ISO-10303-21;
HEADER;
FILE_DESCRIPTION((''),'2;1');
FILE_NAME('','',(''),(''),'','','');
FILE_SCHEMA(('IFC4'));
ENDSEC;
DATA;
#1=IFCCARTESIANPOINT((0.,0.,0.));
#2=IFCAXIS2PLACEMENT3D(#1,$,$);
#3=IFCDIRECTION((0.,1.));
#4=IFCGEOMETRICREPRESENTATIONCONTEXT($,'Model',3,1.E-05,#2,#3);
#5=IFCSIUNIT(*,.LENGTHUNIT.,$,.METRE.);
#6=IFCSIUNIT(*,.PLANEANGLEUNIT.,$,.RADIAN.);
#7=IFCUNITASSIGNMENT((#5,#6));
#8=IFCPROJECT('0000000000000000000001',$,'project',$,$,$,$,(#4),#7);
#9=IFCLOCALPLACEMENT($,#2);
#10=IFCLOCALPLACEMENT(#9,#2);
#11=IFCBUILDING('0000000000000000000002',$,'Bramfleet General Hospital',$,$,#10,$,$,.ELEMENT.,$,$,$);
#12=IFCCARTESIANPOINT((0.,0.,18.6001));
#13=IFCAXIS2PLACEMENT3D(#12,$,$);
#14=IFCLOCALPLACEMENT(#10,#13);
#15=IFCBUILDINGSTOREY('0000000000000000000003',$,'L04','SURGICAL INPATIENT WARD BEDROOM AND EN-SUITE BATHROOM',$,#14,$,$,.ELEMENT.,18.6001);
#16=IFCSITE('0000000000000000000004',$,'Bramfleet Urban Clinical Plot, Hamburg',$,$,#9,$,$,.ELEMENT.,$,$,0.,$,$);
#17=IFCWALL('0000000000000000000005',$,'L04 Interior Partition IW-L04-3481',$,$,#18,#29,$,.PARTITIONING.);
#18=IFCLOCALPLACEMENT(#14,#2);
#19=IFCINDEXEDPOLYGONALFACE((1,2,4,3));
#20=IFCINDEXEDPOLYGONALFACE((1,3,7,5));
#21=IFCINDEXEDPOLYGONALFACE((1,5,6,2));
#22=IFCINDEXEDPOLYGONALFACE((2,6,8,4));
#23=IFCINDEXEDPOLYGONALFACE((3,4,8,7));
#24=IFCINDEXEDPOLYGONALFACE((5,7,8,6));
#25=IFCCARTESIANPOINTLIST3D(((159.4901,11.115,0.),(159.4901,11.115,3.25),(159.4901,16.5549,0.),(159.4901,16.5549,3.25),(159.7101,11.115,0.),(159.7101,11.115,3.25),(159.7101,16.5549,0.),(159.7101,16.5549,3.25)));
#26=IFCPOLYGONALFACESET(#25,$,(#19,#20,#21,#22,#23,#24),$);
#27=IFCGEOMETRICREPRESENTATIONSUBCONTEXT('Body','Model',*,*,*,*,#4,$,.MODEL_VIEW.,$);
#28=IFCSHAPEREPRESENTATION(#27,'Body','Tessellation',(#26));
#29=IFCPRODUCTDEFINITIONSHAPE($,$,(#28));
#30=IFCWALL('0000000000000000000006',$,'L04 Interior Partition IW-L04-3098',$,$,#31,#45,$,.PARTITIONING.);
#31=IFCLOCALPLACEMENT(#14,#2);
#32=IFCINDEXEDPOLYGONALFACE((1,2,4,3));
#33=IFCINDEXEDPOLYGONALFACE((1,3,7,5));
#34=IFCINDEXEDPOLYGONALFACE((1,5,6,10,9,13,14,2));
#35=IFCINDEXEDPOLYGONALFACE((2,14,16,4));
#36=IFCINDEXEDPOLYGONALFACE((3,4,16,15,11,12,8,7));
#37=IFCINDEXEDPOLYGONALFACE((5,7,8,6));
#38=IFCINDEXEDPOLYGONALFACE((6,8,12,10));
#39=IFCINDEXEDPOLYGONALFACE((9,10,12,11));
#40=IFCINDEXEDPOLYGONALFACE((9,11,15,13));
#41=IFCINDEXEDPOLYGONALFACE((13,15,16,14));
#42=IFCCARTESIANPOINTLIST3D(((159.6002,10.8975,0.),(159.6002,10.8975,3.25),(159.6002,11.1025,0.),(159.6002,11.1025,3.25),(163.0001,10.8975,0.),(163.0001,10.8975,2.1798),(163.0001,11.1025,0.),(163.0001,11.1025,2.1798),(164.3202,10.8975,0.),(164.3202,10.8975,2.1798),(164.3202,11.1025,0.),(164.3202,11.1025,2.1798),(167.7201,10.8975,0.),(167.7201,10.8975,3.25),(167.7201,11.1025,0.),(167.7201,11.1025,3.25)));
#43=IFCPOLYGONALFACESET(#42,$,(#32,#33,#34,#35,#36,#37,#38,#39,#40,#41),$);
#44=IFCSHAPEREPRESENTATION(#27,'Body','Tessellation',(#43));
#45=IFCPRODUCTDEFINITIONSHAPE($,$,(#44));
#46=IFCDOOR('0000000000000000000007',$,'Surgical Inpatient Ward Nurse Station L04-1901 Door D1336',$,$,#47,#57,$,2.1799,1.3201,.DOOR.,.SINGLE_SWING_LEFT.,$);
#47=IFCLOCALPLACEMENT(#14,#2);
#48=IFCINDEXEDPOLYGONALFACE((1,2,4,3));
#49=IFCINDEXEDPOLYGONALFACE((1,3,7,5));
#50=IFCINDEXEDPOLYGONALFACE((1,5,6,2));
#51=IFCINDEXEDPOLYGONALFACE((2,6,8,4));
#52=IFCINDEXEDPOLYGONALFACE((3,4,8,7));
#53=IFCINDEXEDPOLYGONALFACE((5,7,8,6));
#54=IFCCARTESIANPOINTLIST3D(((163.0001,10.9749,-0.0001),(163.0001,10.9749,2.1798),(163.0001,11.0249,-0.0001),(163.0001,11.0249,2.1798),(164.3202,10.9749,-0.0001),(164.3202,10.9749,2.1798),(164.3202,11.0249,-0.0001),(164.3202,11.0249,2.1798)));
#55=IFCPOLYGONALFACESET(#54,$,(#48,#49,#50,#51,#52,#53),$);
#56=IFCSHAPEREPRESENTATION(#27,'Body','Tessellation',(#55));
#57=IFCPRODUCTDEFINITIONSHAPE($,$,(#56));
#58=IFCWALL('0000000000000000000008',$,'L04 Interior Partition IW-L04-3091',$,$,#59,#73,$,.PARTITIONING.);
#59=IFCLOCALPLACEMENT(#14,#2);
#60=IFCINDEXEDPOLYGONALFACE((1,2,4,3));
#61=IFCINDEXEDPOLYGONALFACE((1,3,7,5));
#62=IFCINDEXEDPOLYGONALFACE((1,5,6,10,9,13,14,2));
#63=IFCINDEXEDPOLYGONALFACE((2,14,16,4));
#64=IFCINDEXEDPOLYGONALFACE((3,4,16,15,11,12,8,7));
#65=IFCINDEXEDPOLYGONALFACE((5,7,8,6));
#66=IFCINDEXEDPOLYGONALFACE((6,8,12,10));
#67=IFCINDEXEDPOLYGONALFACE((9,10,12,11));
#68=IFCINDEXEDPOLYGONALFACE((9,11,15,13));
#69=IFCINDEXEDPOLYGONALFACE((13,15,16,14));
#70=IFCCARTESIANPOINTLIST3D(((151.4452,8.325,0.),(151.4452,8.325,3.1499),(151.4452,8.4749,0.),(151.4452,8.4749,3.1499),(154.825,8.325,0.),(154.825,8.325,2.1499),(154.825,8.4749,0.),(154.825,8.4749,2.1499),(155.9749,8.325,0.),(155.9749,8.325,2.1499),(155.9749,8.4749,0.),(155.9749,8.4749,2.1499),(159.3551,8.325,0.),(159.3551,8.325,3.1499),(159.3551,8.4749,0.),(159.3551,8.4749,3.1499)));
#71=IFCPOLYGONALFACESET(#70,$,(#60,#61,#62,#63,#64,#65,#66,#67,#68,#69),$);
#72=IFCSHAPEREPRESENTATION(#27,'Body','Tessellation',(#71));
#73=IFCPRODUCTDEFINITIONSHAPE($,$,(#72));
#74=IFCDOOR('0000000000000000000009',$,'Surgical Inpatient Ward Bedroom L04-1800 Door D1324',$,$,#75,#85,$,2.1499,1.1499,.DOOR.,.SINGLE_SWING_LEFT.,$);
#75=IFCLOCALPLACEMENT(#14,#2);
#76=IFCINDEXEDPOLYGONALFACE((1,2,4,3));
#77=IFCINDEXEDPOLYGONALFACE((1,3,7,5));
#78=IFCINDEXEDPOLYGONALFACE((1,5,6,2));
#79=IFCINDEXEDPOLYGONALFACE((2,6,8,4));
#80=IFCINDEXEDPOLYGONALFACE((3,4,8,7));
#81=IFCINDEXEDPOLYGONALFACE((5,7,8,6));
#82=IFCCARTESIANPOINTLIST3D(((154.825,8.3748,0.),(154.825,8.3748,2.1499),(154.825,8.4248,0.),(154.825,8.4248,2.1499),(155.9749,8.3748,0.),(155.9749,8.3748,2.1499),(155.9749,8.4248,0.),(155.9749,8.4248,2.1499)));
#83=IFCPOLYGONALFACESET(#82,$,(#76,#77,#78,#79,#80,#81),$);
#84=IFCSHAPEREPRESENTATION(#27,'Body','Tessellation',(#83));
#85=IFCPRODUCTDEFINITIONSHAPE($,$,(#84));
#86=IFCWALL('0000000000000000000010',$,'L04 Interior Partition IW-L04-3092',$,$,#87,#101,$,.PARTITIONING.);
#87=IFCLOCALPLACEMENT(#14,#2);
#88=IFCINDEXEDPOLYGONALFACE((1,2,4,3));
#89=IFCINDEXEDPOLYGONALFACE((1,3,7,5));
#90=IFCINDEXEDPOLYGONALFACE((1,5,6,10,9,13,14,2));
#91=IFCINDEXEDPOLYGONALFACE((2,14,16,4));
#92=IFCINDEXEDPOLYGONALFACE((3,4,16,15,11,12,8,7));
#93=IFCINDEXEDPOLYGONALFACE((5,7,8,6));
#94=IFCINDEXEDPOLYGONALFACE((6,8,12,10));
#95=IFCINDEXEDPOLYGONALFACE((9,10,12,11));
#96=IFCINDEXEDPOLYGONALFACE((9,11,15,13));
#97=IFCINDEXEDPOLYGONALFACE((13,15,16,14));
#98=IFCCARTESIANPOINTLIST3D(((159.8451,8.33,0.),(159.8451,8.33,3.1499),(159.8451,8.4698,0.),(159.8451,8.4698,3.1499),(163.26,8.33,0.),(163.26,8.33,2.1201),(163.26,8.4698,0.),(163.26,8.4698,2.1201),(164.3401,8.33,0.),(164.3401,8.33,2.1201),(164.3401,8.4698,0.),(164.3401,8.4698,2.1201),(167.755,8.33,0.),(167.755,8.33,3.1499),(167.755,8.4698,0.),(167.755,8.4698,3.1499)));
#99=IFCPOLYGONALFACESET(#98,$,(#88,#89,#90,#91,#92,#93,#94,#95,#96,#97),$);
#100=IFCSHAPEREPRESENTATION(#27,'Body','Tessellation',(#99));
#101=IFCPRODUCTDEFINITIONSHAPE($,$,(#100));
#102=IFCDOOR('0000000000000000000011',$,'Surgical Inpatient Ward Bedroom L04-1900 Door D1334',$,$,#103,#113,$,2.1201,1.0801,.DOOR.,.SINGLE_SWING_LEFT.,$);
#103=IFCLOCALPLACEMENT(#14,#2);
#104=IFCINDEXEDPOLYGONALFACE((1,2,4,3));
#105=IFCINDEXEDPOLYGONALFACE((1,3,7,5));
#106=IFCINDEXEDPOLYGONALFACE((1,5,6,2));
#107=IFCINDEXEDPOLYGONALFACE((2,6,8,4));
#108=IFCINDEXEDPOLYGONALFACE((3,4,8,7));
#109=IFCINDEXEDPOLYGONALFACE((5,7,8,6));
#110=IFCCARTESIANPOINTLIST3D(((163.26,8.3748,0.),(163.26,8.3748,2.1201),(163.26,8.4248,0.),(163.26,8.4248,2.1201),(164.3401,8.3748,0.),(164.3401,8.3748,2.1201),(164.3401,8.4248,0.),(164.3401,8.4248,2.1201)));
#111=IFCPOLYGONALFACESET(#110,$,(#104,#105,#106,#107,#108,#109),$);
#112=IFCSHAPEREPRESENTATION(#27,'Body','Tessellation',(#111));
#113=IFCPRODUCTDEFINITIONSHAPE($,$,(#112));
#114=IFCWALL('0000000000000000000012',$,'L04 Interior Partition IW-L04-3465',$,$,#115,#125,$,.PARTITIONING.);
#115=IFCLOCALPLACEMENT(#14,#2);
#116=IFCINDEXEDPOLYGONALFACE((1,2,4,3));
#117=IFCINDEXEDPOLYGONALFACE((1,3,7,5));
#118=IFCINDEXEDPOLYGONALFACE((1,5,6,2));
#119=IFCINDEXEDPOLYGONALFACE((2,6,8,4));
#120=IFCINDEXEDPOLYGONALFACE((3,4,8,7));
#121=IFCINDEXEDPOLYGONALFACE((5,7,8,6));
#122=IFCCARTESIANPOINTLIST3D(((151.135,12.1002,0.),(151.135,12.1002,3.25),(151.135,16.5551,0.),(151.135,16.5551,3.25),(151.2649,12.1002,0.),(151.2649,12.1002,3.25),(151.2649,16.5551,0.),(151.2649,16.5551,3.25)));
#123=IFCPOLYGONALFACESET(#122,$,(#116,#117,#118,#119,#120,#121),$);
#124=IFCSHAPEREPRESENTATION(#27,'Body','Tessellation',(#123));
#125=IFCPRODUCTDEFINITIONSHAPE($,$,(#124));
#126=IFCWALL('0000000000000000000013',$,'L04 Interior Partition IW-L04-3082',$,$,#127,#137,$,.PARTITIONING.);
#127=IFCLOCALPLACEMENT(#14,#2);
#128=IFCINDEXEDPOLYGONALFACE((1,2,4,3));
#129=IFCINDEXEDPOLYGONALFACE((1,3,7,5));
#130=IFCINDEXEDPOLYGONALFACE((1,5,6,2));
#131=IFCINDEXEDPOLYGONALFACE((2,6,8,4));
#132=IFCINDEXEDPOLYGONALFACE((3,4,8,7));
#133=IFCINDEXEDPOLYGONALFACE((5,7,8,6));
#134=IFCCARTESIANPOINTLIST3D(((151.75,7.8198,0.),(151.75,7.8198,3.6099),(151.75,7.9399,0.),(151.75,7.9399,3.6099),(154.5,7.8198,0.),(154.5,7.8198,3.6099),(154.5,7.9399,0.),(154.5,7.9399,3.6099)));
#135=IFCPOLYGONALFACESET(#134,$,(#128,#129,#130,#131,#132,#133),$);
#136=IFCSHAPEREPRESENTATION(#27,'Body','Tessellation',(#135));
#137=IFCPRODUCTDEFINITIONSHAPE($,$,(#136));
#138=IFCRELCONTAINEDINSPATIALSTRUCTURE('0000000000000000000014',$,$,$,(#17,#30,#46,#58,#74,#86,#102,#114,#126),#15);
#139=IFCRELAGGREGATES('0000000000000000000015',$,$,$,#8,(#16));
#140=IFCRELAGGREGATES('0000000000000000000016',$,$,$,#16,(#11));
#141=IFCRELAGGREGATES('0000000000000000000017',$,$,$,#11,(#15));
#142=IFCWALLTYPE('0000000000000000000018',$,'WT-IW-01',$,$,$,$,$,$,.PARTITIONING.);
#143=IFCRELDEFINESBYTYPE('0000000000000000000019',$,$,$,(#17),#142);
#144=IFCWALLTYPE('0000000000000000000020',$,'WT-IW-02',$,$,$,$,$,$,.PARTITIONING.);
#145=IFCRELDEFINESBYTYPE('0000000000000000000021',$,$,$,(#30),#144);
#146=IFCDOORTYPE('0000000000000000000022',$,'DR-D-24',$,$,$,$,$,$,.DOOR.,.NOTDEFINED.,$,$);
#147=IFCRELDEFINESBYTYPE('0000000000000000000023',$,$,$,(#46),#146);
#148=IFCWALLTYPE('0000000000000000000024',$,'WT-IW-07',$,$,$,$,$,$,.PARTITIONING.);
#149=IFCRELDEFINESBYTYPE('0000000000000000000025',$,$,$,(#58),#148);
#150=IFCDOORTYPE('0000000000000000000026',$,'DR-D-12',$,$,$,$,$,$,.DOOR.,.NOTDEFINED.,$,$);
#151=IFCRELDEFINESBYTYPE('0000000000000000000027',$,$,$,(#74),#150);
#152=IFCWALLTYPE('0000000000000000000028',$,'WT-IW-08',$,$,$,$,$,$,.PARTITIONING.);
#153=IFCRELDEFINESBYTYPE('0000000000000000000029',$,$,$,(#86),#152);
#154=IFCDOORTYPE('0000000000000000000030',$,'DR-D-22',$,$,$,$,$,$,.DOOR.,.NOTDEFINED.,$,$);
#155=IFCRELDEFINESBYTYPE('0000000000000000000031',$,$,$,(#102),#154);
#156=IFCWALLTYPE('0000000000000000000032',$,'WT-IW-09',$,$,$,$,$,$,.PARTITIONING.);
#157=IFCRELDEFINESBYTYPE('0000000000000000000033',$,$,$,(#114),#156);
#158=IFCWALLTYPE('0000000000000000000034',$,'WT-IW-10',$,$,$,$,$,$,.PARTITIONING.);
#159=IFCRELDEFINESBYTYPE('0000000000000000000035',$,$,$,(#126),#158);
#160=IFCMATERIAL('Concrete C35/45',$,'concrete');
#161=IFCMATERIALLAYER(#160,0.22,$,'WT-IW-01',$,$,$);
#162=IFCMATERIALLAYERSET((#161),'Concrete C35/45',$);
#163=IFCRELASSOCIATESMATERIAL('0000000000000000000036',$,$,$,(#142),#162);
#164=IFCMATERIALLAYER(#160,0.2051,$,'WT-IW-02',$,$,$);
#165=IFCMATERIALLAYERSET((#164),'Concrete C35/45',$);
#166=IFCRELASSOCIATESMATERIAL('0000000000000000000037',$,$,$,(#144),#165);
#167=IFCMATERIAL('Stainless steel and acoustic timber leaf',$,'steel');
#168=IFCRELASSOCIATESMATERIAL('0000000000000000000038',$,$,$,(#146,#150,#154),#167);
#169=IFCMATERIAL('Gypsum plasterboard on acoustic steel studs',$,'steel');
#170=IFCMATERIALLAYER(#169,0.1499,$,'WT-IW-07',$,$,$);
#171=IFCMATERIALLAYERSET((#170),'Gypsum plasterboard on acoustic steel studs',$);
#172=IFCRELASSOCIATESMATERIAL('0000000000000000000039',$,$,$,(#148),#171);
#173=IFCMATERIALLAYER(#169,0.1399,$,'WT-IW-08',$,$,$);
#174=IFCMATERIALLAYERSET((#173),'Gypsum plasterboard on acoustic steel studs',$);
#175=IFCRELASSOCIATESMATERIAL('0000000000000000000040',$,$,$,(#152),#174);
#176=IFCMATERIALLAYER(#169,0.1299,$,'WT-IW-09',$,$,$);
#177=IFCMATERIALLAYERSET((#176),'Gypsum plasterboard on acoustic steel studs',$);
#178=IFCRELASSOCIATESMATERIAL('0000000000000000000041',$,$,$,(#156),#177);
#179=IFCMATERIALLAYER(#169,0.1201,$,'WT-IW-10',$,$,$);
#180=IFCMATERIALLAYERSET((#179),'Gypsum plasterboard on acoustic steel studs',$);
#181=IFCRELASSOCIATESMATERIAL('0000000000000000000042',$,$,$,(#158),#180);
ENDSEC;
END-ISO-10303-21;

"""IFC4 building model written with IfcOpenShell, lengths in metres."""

from ifc_helpers import new_model, si_unit, direction, frame, frame_2d, origin, place, context, subcontext, project, spatial, rectangle, extrude, material, layer, layer_set, type_object, element, fill, save


model = new_model("IFC4")

# Units and contexts
model_context = context("Model", 3, precision=1e-05, world=origin(), true_north=direction((0.0, 1.0)))
body_context = subcontext(model_context, "Body", "Model", "MODEL_VIEW")
ifc_project = project(units=[si_unit("LENGTHUNIT", "METRE"), si_unit("PLANEANGLEUNIT", "RADIAN")], contexts=[model_context])

# Site, building, storey
site_placement = place(None, origin())
site = spatial("IfcSite", under=ifc_project, at=site_placement, Name="Bramfleet Urban Clinical Plot, Hamburg", CompositionType="ELEMENT", RefElevation=0.0)
building_placement = place(site_placement, origin())
building = spatial("IfcBuilding", under=site, at=building_placement, Name="Bramfleet General Hospital", CompositionType="ELEMENT")
storey_placement = place(building_placement, frame((0.0, 0.0, 18.6001)))
storey = spatial("IfcBuildingStorey", under=building, at=storey_placement, Name="L04", Description="SURGICAL INPATIENT WARD BEDROOM AND EN-SUITE BATHROOM", CompositionType="ELEMENT", Elevation=18.6001)

# Wall
ifc_material_1 = material(Name="Concrete C35/45", Category="concrete")
ifc_layer_1 = layer(ifc_material_1, 0.22, Name="WT-IW-01")
ifc_layer_set_1 = layer_set([ifc_layer_1], Name="Concrete C35/45")
wall_type_1 = type_object("IfcWallType", Name="WT-IW-01", PredefinedType="PARTITIONING", material=ifc_layer_set_1)
wall_1_placement = place(storey_placement, frame((159.6001, 11.115, 0.0), z_axis=(0.0, 0.0, 1.0), x_axis=(0.0, 1.0, 0.0)))
element("IfcWall", 1, at=wall_1_placement, inside=storey, type_object=wall_type_1, Name="L04 Interior Partition IW-L04-3481", PredefinedType="PARTITIONING", context=body_context, shape_type="SweptSolid", body=[
    extrude(rectangle(XDim=5.4399, YDim=0.22, at=frame_2d((2.72, 0.0))), origin(), (0.0, 0.0, 1.0), 3.25),
])

# Walls, openings, doors
ifc_layer_2 = layer(ifc_material_1, 0.2051, Name="WT-IW-02")
ifc_layer_set_2 = layer_set([ifc_layer_2], Name="Concrete C35/45")
wall_type_2 = type_object("IfcWallType", Name="WT-IW-02", PredefinedType="PARTITIONING", material=ifc_layer_set_2)
wall_2_placement = place(storey_placement, frame((159.6001, 11.0, 0.0), z_axis=(0.0, 0.0, 1.0), x_axis=(1.0, 0.0, 0.0)))
wall_2 = element("IfcWall", 2, at=wall_2_placement, inside=storey, type_object=wall_type_2, Name="L04 Interior Partition IW-L04-3098", PredefinedType="PARTITIONING", context=body_context, shape_type="SweptSolid", body=[
    extrude(rectangle(XDim=8.1199, YDim=0.2051, at=frame_2d((4.0601, 0.0))), origin(), (0.0, 0.0, 1.0), 3.25),
])
opening_1_placement = place(wall_2_placement, frame((3.3999, 0.0, 0.0)))
opening_1 = element("IfcOpeningElement", 3, at=opening_1_placement, cuts=wall_2, PredefinedType="OPENING", context=body_context, shape_type="SweptSolid", body=[
    extrude(rectangle(XDim=1.3201, YDim=2.1799, at=frame_2d((0.6602, 1.0898))), frame((0.0, 0.1125, 0.0), z_axis=(0.0, -1.0, 0.0), x_axis=(1.0, 0.0, 0.0)), (0.0, 0.0, 1.0), 0.2251),
])
ifc_material_2 = material(Name="Stainless steel and acoustic timber leaf", Category="steel")
door_type_1 = type_object("IfcDoorType", Name="DR-D-24", OperationType="NOTDEFINED", PredefinedType="DOOR", material=ifc_material_2)
door_1_placement = place(opening_1_placement, origin())
door_1 = element("IfcDoor", 4, at=door_1_placement, inside=storey, type_object=door_type_1, Name="Surgical Inpatient Ward Nurse Station L04-1901 Door D1336", OperationType="SINGLE_SWING_LEFT", OverallHeight=2.1799, OverallWidth=1.3201, PredefinedType="DOOR", context=body_context, shape_type="SweptSolid", body=[
    extrude(rectangle(XDim=1.3201, YDim=2.1799, at=frame_2d((0.6602, 1.0898))), frame((0.0, 0.0249, 0.0), z_axis=(0.0, -1.0, 0.0), x_axis=(1.0, 0.0, 0.0)), (0.0, 0.0, 1.0), 0.05),
])
fill(opening_1, door_1)
ifc_material_3 = material(Name="Gypsum plasterboard on acoustic steel studs", Category="steel")
ifc_layer_3 = layer(ifc_material_3, 0.1499, Name="WT-IW-07")
ifc_layer_set_3 = layer_set([ifc_layer_3], Name="Gypsum plasterboard on acoustic steel studs")
wall_type_3 = type_object("IfcWallType", Name="WT-IW-07", PredefinedType="PARTITIONING", material=ifc_layer_set_3)
wall_3_placement = place(storey_placement, frame((151.4451, 8.3999, 0.0), z_axis=(0.0, 0.0, 1.0), x_axis=(1.0, 0.0, 0.0)))
wall_3 = element("IfcWall", 5, at=wall_3_placement, inside=storey, type_object=wall_type_3, Name="L04 Interior Partition IW-L04-3091", PredefinedType="PARTITIONING", context=body_context, shape_type="SweptSolid", body=[
    extrude(rectangle(XDim=7.9099, YDim=0.1499, at=frame_2d((3.9551, 0.0))), origin(), (0.0, 0.0, 1.0), 3.1499),
])
opening_2_placement = place(wall_3_placement, frame((3.3799, 0.0, 0.0)))
opening_2 = element("IfcOpeningElement", 6, at=opening_2_placement, cuts=wall_3, PredefinedType="OPENING", context=body_context, shape_type="SweptSolid", body=[
    extrude(rectangle(XDim=1.1499, YDim=2.1499, at=frame_2d((0.575, 1.075))), frame((0.0, 0.085, 0.0), z_axis=(0.0, -1.0, 0.0), x_axis=(1.0, 0.0, 0.0)), (0.0, 0.0, 1.0), 0.1699),
])
door_type_2 = type_object("IfcDoorType", Name="DR-D-12", OperationType="NOTDEFINED", PredefinedType="DOOR", material=ifc_material_2)
door_2_placement = place(opening_2_placement, origin())
door_2 = element("IfcDoor", 7, at=door_2_placement, inside=storey, type_object=door_type_2, Name="Surgical Inpatient Ward Bedroom L04-1800 Door D1324", OperationType="SINGLE_SWING_LEFT", OverallHeight=2.1499, OverallWidth=1.1499, PredefinedType="DOOR", context=body_context, shape_type="SweptSolid", body=[
    extrude(rectangle(XDim=1.1499, YDim=2.1499, at=frame_2d((0.575, 1.075))), frame((0.0, 0.0249, 0.0), z_axis=(0.0, -1.0, 0.0), x_axis=(1.0, 0.0, 0.0)), (0.0, 0.0, 1.0), 0.05),
])
fill(opening_2, door_2)
ifc_layer_4 = layer(ifc_material_3, 0.1399, Name="WT-IW-08")
ifc_layer_set_4 = layer_set([ifc_layer_4], Name="Gypsum plasterboard on acoustic steel studs")
wall_type_4 = type_object("IfcWallType", Name="WT-IW-08", PredefinedType="PARTITIONING", material=ifc_layer_set_4)
wall_4_placement = place(storey_placement, frame((159.845, 8.3999, 0.0), z_axis=(0.0, 0.0, 1.0), x_axis=(1.0, 0.0, 0.0)))
wall_4 = element("IfcWall", 8, at=wall_4_placement, inside=storey, type_object=wall_type_4, Name="L04 Interior Partition IW-L04-3092", PredefinedType="PARTITIONING", context=body_context, shape_type="SweptSolid", body=[
    extrude(rectangle(XDim=7.9099, YDim=0.1399, at=frame_2d((3.9551, 0.0))), origin(), (0.0, 0.0, 1.0), 3.1499),
])
opening_3_placement = place(wall_4_placement, frame((3.415, 0.0, 0.0)))
opening_3 = element("IfcOpeningElement", 9, at=opening_3_placement, cuts=wall_4, PredefinedType="OPENING", context=body_context, shape_type="SweptSolid", body=[
    extrude(rectangle(XDim=1.0801, YDim=2.1201, at=frame_2d((0.54, 1.0601))), frame((0.0, 0.0798, 0.0), z_axis=(0.0, -1.0, 0.0), x_axis=(1.0, 0.0, 0.0)), (0.0, 0.0, 1.0), 0.1599),
])
door_type_3 = type_object("IfcDoorType", Name="DR-D-22", OperationType="NOTDEFINED", PredefinedType="DOOR", material=ifc_material_2)
door_3_placement = place(opening_3_placement, origin())
door_3 = element("IfcDoor", 10, at=door_3_placement, inside=storey, type_object=door_type_3, Name="Surgical Inpatient Ward Bedroom L04-1900 Door D1334", OperationType="SINGLE_SWING_LEFT", OverallHeight=2.1201, OverallWidth=1.0801, PredefinedType="DOOR", context=body_context, shape_type="SweptSolid", body=[
    extrude(rectangle(XDim=1.0801, YDim=2.1201, at=frame_2d((0.54, 1.0601))), frame((0.0, 0.0249, 0.0), z_axis=(0.0, -1.0, 0.0), x_axis=(1.0, 0.0, 0.0)), (0.0, 0.0, 1.0), 0.05),
])
fill(opening_3, door_3)

# Walls
ifc_layer_5 = layer(ifc_material_3, 0.1299, Name="WT-IW-09")
ifc_layer_set_5 = layer_set([ifc_layer_5], Name="Gypsum plasterboard on acoustic steel studs")
wall_type_5 = type_object("IfcWallType", Name="WT-IW-09", PredefinedType="PARTITIONING", material=ifc_layer_set_5)
wall_5_placement = place(storey_placement, frame((151.2, 12.1001, 0.0), z_axis=(0.0, 0.0, 1.0), x_axis=(0.0, 1.0, 0.0)))
element("IfcWall", 11, at=wall_5_placement, inside=storey, type_object=wall_type_5, Name="L04 Interior Partition IW-L04-3465", PredefinedType="PARTITIONING", context=body_context, shape_type="SweptSolid", body=[
    extrude(rectangle(XDim=4.4548, YDim=0.1299, at=frame_2d((2.2275, 0.0))), origin(), (0.0, 0.0, 1.0), 3.25),
])
ifc_layer_6 = layer(ifc_material_3, 0.1201, Name="WT-IW-10")
ifc_layer_set_6 = layer_set([ifc_layer_6], Name="Gypsum plasterboard on acoustic steel studs")
wall_type_6 = type_object("IfcWallType", Name="WT-IW-10", PredefinedType="PARTITIONING", material=ifc_layer_set_6)
wall_6_placement = place(storey_placement, frame((151.75, 7.8799, 0.0), z_axis=(0.0, 0.0, 1.0), x_axis=(1.0, 0.0, 0.0)))
element("IfcWall", 12, at=wall_6_placement, inside=storey, type_object=wall_type_6, Name="L04 Interior Partition IW-L04-3082", PredefinedType="PARTITIONING", context=body_context, shape_type="SweptSolid", body=[
    extrude(rectangle(XDim=2.75, YDim=0.1201, at=frame_2d((1.375, 0.0))), origin(), (0.0, 0.0, 1.0), 3.6099),
])

save(model, "model.ifc")
